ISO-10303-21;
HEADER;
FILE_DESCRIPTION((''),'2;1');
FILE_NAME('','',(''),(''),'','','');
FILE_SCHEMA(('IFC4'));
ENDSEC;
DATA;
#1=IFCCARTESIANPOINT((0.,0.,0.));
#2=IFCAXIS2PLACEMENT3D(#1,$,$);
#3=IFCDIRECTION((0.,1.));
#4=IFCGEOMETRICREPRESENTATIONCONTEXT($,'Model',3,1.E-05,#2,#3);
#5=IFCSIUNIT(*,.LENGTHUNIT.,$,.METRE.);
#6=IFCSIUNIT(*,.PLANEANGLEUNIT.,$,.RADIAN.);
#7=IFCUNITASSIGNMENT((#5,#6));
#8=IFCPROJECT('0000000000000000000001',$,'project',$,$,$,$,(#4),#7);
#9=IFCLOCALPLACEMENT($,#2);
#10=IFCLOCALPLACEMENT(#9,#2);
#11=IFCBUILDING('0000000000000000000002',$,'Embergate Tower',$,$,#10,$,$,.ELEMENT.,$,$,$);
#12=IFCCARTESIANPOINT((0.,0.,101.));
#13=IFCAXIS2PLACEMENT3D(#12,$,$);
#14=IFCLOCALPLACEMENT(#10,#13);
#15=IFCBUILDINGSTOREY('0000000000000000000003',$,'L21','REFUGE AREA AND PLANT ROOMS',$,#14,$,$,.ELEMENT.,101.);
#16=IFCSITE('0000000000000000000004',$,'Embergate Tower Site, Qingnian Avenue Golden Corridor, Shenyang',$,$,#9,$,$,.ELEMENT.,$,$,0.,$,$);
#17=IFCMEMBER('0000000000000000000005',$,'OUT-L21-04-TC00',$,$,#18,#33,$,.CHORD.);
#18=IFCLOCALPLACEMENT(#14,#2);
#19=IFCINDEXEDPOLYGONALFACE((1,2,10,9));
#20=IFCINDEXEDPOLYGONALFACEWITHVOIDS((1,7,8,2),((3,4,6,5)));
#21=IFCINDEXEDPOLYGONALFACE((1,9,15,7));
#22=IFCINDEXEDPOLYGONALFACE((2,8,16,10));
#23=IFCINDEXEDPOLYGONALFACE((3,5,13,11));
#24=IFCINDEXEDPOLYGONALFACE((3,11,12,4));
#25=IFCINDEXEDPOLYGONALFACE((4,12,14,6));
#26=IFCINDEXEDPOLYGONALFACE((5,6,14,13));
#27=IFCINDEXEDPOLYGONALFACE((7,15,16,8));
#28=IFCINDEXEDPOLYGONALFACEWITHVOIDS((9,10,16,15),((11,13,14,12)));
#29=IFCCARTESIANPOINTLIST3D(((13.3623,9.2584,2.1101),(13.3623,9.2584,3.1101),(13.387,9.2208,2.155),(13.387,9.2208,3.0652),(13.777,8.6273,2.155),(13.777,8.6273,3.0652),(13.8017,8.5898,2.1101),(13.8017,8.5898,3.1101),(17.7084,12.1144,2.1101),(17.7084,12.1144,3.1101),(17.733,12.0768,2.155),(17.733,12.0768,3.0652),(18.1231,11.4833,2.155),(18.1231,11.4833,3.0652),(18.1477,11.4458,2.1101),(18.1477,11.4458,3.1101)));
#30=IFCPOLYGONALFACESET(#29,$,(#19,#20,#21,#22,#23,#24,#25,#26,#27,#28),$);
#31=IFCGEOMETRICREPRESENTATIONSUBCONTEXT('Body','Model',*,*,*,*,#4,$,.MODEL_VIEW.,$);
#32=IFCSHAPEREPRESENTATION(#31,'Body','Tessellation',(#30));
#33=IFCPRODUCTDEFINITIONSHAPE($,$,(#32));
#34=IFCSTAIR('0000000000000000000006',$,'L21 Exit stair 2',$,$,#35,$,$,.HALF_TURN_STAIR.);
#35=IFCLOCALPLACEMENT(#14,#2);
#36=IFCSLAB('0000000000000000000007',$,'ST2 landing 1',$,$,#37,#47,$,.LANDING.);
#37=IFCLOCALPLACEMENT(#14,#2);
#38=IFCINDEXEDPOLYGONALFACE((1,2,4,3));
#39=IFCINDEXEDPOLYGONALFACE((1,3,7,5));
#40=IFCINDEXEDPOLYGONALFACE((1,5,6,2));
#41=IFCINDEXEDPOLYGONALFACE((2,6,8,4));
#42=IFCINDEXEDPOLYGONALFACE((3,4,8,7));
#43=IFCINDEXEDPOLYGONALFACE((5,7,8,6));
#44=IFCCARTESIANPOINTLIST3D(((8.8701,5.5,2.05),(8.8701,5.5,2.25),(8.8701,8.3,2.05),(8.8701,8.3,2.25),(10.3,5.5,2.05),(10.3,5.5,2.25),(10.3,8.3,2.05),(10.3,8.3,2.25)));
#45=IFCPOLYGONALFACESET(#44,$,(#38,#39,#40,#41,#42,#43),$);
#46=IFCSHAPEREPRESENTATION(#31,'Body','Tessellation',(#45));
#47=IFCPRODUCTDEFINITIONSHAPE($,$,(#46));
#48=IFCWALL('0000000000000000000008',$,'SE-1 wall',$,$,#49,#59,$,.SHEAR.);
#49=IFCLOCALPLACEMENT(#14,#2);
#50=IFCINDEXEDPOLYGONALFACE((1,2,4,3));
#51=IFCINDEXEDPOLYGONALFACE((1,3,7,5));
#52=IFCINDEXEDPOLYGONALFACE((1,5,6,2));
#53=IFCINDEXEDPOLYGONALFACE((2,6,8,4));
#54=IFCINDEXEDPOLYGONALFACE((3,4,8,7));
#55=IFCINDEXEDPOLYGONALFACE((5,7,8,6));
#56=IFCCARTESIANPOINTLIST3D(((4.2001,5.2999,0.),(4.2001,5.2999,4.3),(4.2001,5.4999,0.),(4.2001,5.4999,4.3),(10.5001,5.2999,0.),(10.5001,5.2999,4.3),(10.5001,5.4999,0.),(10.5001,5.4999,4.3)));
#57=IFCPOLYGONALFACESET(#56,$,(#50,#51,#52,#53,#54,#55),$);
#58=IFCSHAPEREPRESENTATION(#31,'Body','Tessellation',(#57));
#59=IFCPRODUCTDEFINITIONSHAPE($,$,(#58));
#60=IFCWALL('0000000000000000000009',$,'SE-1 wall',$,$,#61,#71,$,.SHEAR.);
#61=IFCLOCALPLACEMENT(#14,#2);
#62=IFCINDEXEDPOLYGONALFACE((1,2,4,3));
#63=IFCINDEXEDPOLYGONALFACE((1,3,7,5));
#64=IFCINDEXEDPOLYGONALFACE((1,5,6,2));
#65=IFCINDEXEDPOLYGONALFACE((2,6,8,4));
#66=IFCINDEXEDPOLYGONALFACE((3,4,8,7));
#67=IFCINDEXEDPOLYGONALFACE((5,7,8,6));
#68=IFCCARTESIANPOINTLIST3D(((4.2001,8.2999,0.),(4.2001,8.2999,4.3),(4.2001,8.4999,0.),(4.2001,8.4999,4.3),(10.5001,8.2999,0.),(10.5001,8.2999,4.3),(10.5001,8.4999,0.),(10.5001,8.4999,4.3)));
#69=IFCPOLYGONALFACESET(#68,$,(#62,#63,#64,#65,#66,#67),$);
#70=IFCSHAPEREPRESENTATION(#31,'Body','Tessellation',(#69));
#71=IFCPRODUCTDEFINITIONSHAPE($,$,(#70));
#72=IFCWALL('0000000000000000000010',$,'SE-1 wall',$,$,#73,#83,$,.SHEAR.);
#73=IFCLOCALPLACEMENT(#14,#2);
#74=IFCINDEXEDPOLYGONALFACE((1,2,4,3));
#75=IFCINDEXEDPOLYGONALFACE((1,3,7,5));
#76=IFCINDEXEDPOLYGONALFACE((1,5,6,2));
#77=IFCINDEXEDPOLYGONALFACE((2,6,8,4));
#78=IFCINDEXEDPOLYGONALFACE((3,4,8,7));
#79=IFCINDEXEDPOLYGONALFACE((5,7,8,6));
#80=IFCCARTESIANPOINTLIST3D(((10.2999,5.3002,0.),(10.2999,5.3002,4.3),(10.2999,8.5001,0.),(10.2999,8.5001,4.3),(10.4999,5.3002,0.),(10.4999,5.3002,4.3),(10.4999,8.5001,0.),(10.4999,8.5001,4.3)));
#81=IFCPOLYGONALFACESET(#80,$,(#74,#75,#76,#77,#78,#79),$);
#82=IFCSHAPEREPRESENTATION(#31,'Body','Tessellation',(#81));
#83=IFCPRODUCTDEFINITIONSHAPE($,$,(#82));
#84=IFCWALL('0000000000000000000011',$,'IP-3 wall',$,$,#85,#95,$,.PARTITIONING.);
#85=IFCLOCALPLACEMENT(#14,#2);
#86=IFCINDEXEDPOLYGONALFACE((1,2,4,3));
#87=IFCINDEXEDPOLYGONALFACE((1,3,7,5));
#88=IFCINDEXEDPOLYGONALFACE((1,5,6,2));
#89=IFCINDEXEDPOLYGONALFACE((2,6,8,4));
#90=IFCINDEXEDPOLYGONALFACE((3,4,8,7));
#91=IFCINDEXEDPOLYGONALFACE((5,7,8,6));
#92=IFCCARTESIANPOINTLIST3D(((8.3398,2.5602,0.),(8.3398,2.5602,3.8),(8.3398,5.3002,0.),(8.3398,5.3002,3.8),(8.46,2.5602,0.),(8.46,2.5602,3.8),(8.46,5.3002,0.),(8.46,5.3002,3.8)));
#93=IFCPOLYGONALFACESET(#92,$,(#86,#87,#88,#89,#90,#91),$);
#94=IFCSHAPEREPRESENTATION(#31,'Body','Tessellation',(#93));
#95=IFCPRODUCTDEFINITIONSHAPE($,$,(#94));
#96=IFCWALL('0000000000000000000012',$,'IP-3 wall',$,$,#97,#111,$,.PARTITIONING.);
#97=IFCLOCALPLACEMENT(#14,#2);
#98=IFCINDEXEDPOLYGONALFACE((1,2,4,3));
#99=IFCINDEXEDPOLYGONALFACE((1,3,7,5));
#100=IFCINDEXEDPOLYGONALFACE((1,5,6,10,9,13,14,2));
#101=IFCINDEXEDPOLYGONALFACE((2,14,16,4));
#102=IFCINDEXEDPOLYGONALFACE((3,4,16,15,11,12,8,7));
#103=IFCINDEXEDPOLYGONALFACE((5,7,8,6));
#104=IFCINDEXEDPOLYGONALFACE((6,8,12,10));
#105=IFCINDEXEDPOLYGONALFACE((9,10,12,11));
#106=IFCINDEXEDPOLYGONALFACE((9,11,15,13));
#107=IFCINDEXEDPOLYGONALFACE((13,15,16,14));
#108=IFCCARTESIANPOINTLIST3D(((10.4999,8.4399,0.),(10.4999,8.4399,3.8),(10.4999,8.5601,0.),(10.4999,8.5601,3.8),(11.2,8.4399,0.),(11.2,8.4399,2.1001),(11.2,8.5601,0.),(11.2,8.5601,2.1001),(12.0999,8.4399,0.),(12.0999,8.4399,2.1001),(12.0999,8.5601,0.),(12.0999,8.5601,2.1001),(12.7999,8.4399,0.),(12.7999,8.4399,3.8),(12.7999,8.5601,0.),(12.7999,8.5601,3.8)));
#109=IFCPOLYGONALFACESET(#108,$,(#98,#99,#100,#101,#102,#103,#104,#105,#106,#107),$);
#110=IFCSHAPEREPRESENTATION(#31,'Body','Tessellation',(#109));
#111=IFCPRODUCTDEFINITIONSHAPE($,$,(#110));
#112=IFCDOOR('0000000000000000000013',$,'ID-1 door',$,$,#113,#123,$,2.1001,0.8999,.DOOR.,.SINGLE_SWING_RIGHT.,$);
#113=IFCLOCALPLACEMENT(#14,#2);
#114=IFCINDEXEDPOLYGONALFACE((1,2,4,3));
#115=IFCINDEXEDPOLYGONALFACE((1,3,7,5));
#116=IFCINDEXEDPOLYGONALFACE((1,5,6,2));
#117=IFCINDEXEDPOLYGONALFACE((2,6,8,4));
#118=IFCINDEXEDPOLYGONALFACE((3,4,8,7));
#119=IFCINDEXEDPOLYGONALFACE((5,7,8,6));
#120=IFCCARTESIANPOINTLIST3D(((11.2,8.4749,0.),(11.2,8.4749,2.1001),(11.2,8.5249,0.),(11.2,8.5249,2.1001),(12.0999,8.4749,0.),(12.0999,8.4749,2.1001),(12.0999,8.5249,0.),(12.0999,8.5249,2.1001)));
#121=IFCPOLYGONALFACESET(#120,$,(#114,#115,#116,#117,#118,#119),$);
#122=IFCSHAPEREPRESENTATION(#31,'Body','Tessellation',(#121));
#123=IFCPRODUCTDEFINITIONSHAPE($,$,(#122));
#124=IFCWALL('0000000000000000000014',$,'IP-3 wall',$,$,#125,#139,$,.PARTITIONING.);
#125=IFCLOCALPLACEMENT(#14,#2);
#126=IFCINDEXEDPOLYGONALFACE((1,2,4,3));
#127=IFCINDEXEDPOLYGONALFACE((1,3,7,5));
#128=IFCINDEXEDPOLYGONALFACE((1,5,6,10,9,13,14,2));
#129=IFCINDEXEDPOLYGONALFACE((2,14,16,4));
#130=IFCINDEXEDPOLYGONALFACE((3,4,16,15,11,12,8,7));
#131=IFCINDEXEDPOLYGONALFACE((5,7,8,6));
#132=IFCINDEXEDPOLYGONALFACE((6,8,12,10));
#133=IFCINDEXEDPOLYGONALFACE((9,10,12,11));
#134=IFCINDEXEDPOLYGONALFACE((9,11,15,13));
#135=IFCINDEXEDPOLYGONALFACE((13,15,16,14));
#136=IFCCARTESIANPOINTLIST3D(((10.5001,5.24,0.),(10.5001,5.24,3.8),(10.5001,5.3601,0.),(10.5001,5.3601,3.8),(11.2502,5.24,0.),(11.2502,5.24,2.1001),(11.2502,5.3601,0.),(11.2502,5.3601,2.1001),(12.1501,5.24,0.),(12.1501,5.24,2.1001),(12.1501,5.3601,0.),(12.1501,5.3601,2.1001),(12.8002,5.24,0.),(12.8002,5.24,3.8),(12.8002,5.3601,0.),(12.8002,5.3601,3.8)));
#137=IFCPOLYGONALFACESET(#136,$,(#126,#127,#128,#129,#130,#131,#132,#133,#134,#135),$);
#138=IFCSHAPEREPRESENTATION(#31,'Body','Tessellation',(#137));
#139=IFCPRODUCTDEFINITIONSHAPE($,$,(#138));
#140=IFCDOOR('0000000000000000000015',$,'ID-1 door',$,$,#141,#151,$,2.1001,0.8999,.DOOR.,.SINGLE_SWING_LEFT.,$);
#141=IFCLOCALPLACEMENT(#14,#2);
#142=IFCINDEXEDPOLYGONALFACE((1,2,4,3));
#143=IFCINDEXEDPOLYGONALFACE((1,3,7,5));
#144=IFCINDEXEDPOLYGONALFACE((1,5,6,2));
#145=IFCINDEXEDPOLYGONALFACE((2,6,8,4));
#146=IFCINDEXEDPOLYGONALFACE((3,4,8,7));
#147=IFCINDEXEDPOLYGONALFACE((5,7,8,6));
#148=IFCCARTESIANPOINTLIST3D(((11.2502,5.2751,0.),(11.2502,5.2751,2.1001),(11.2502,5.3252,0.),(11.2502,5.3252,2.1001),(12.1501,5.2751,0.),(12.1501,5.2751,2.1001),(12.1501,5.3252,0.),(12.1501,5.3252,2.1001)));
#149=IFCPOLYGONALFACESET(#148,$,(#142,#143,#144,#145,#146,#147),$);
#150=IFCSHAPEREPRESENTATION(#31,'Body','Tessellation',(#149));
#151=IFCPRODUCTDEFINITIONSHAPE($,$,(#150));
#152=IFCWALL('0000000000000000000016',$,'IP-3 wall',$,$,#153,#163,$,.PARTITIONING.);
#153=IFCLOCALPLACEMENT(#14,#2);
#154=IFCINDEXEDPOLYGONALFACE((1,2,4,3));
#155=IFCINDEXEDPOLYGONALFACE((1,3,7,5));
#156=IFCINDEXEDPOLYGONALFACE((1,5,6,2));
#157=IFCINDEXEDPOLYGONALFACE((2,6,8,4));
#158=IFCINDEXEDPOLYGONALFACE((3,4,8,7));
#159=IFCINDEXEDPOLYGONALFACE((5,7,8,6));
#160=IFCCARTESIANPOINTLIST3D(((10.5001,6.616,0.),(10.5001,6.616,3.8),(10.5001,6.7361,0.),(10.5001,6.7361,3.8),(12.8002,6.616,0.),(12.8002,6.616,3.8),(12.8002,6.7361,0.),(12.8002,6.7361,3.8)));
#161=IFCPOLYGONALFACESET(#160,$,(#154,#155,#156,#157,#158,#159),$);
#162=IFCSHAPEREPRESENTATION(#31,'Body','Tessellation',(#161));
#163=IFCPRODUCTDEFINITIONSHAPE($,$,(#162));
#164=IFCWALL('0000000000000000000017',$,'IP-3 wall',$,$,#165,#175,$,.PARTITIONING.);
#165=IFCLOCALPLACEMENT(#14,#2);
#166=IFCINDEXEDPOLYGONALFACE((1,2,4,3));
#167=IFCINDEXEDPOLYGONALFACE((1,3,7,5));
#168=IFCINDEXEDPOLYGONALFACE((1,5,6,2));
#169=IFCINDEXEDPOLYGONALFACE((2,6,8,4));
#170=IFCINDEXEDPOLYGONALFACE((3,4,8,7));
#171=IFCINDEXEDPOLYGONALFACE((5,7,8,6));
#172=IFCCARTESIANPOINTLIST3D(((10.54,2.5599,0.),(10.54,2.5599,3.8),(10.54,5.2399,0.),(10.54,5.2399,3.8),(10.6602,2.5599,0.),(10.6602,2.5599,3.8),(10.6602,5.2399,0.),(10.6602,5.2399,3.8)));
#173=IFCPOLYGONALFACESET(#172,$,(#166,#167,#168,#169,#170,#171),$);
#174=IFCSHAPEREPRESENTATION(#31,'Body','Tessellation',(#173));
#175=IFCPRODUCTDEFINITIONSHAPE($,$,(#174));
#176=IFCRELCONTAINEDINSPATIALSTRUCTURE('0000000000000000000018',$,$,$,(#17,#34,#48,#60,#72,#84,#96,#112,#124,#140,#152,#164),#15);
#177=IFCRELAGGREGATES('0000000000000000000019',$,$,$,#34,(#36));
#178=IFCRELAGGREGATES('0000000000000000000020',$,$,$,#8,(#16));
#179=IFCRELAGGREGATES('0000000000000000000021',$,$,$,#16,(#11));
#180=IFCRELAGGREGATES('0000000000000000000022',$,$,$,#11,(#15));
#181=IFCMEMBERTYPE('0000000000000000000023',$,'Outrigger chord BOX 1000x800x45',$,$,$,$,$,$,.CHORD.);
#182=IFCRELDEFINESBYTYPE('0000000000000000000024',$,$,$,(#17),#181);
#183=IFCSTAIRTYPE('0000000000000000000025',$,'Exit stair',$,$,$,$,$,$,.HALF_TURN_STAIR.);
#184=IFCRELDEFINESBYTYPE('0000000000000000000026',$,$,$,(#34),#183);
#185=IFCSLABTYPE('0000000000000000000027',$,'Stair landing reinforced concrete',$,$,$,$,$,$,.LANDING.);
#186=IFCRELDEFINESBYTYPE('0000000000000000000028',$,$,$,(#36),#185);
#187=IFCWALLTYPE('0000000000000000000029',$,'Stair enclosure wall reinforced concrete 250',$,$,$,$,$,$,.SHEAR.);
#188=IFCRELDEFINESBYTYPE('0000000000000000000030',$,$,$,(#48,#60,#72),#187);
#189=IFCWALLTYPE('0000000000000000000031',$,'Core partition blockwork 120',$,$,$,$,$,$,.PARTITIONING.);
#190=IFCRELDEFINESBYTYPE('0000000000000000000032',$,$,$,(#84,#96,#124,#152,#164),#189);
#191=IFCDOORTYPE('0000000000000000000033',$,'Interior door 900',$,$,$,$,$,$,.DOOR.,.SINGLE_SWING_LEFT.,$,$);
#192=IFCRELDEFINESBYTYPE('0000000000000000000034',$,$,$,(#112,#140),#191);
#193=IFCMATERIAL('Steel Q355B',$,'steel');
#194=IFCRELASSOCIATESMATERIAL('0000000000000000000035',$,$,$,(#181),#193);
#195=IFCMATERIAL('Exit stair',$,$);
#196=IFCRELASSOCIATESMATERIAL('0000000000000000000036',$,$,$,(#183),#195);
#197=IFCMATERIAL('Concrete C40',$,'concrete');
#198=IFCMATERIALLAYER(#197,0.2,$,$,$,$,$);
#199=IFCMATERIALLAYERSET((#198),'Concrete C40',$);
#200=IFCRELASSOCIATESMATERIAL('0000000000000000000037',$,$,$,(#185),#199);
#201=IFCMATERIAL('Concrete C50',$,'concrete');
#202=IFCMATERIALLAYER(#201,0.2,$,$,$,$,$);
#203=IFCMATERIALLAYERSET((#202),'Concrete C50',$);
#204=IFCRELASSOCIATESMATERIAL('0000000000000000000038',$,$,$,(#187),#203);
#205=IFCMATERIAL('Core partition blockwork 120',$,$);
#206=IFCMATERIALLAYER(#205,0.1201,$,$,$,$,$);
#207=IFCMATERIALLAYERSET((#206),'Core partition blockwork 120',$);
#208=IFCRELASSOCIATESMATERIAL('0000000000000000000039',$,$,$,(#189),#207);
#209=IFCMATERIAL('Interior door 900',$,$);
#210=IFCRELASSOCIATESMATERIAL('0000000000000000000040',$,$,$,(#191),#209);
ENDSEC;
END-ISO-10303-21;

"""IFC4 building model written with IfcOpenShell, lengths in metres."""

from ifc_helpers import new_model, si_unit, direction, frame, frame_2d, origin, origin_2d, place, context, subcontext, project, spatial, polyline, rectangle, hollow_rectangle, outline, extrude, source, transform, mapped, material, layer, layer_set, material_profile, profile_set, type_object, element, fill, aggregate, save


model = new_model("IFC4")

# Units and contexts
model_context = context("Model", 3, precision=1e-05, world=origin(), true_north=direction((0.0, 1.0)))
body_context = subcontext(model_context, "Body", "Model", "MODEL_VIEW")
ifc_project = project(units=[si_unit("LENGTHUNIT", "METRE"), si_unit("PLANEANGLEUNIT", "RADIAN")], contexts=[model_context])

# Site, building, storey
site_placement = place(None, origin())
site = spatial("IfcSite", under=ifc_project, at=site_placement, Name="Embergate Tower Site, Qingnian Avenue Golden Corridor, Shenyang", CompositionType="ELEMENT", RefElevation=0.0)
building_placement = place(site_placement, origin())
building = spatial("IfcBuilding", under=site, at=building_placement, Name="Embergate Tower", CompositionType="ELEMENT")
storey_placement = place(building_placement, frame((0.0, 0.0, 101.0)))
storey = spatial("IfcBuildingStorey", under=building, at=storey_placement, Name="L21", Description="REFUGE AREA AND PLANT ROOMS", CompositionType="ELEMENT", Elevation=101.0)

# Member
ifc_material_1 = material(Name="Steel Q355B", Category="steel")
ifc_material_profile = material_profile(ifc_material_1, hollow_rectangle(XDim=0.8, YDim=1.0, WallThickness=0.0449, at=origin_2d()), Name="BOX 1000x800x45")
ifc_profile_set = profile_set([ifc_material_profile], Name="Steel Q355 grade B")
member_type = type_object("IfcMemberType", Name="Outrigger chord BOX 1000x800x45", PredefinedType="CHORD", material=ifc_profile_set)
shared_shape_1 = source(origin(), body_context, "Body", "SweptSolid", [
    extrude(hollow_rectangle(XDim=0.8, YDim=1.0, WallThickness=0.0449, at=origin_2d()), origin(), (0.0, 0.0, 1.0), 5.2004),
])
member_placement = place(storey_placement, frame((13.582, 8.9241, 2.6101), z_axis=(0.835701, 0.549184, 0.0), x_axis=(-0.549184, 0.835701, 0.0)))
element("IfcMember", 1, at=member_placement, inside=storey, type_object=member_type, Name="OUT-L21-04-TC00", PredefinedType="CHORD", context=body_context, shape_type="MappedRepresentation", body=[
    mapped(shared_shape_1, transform((0.0, 0.0, 0.0))),
])

# Stair, slab
ifc_material_2 = material(Name="Exit stair")
stair_type = type_object("IfcStairType", Name="Exit stair", PredefinedType="HALF_TURN_STAIR", material=ifc_material_2)
stair_placement = place(storey_placement, origin())
stair = element("IfcStair", 2, at=stair_placement, inside=storey, type_object=stair_type, Name="L21 Exit stair 2", PredefinedType="HALF_TURN_STAIR")
ifc_material_3 = material(Name="Concrete C40", Category="concrete")
ifc_layer_1 = layer(ifc_material_3, 0.2)
ifc_layer_set_1 = layer_set([ifc_layer_1], Name="Concrete C40")
slab_type = type_object("IfcSlabType", Name="Stair landing reinforced concrete", PredefinedType="LANDING", material=ifc_layer_set_1)
shared_shape_2 = source(origin(), body_context, "Body", "SweptSolid", [
    extrude(outline(polyline([(0.0, 0.0), (1.4299, 0.0), (1.4299, 2.8), (0.0, 2.8), (0.0, 0.0)])), origin(), (0.0, 0.0, 1.0), 0.2),
])
slab_placement = place(storey_placement, frame((8.8701, 5.5, 2.05)))
slab = element("IfcSlab", 3, at=slab_placement, type_object=slab_type, Name="ST2 landing 1", PredefinedType="LANDING", context=body_context, shape_type="MappedRepresentation", body=[
    mapped(shared_shape_2, transform((0.0, 0.0, 0.0))),
])

# Walls
ifc_material_4 = material(Name="Concrete C50", Category="concrete")
ifc_layer_2 = layer(ifc_material_4, 0.2)
ifc_layer_set_2 = layer_set([ifc_layer_2], Name="Concrete C50")
wall_type_1 = type_object("IfcWallType", Name="Stair enclosure wall reinforced concrete 250", PredefinedType="SHEAR", material=ifc_layer_set_2)
shared_shape_3 = source(origin(), body_context, "Body", "SweptSolid", [
    extrude(rectangle(XDim=6.3, YDim=0.2, at=frame_2d((3.1499, 0.0))), origin(), (0.0, 0.0, 1.0), 4.3),
])
for number, where, z_axis, x_axis, name in (
    (4, (10.5, 5.3999, 0.0), (0.0, 0.0, 1.0), (-1.0, 0.0, 0.0), "SE-1 wall"),
    (5, (10.5, 8.3999, 0.0), (0.0, 0.0, 1.0), (-1.0, 0.0, 0.0), "SE-1 wall"),
):
    element("IfcWall", number, at=place(storey_placement, frame(where, z_axis=z_axis, x_axis=x_axis)), inside=storey, type_object=wall_type_1, Name=name, PredefinedType="SHEAR", context=body_context, shape_type="MappedRepresentation", body=[
        mapped(shared_shape_3, transform((0.0, 0.0, 0.0))),
    ])
shared_shape_4 = source(origin(), body_context, "Body", "SweptSolid", [
    extrude(rectangle(XDim=3.2, YDim=0.2, at=frame_2d((1.6001, 0.0))), origin(), (0.0, 0.0, 1.0), 4.3),
])
wall_1_placement = place(storey_placement, frame((10.3999, 5.3, 0.0), z_axis=(0.0, 0.0, 1.0), x_axis=(0.0, 1.0, 0.0)))
element("IfcWall", 6, at=wall_1_placement, inside=storey, type_object=wall_type_1, Name="SE-1 wall", PredefinedType="SHEAR", context=body_context, shape_type="MappedRepresentation", body=[
    mapped(shared_shape_4, transform((0.0, 0.0, 0.0))),
])
ifc_material_5 = material(Name="Core partition blockwork 120")
ifc_layer_3 = layer(ifc_material_5, 0.1201)
ifc_layer_set_3 = layer_set([ifc_layer_3], Name="Core partition blockwork 120")
wall_type_2 = type_object("IfcWallType", Name="Core partition blockwork 120", PredefinedType="PARTITIONING", material=ifc_layer_set_3)
shared_shape_5 = source(origin(), body_context, "Body", "SweptSolid", [
    extrude(rectangle(XDim=2.74, YDim=0.1201, at=frame_2d((1.3701, 0.0))), origin(), (0.0, 0.0, 1.0), 3.8),
])
wall_2_placement = place(storey_placement, frame((8.3999, 2.5601, 0.0), z_axis=(0.0, 0.0, 1.0), x_axis=(0.0, 1.0, 0.0)))
element("IfcWall", 7, at=wall_2_placement, inside=storey, type_object=wall_type_2, Name="IP-3 wall", PredefinedType="PARTITIONING", context=body_context, shape_type="MappedRepresentation", body=[
    mapped(shared_shape_5, transform((0.0, 0.0, 0.0))),
])

# Walls, openings, doors
shared_shape_6 = source(origin(), body_context, "Body", "SweptSolid", [
    extrude(rectangle(XDim=2.3, YDim=0.1201, at=frame_2d((1.1499, 0.0))), origin(), (0.0, 0.0, 1.0), 3.8),
])
wall_3_placement = place(storey_placement, frame((10.5, 8.5, 0.0), z_axis=(0.0, 0.0, 1.0), x_axis=(1.0, 0.0, 0.0)))
wall_3 = element("IfcWall", 8, at=wall_3_placement, inside=storey, type_object=wall_type_2, Name="IP-3 wall", PredefinedType="PARTITIONING", context=body_context, shape_type="MappedRepresentation", body=[
    mapped(shared_shape_6, transform((0.0, 0.0, 0.0))),
])
shared_shape_7 = source(origin(), body_context, "Body", "SweptSolid", [
    extrude(rectangle(XDim=0.8999, YDim=2.1001, at=frame_2d((0.45, 1.05))), frame((0.0, 0.0701, 0.0), z_axis=(0.0, -1.0, 0.0), x_axis=(1.0, 0.0, 0.0)), (0.0, 0.0, 1.0), 0.1401),
])
opening_1_placement = place(wall_3_placement, frame((0.7, 0.0, 0.0)))
opening_1 = element("IfcOpeningElement", 9, at=opening_1_placement, cuts=wall_3, PredefinedType="OPENING", context=body_context, shape_type="MappedRepresentation", body=[
    mapped(shared_shape_7, transform((0.0, 0.0, 0.0))),
])
ifc_material_6 = material(Name="Interior door 900")
door_type_1 = type_object("IfcDoorType", Name="Interior door 900", OperationType="SINGLE_SWING_LEFT", PredefinedType="DOOR", material=ifc_material_6)
shared_shape_8 = source(origin(), body_context, "Body", "SweptSolid", [
    extrude(rectangle(XDim=0.8999, YDim=2.1001, at=frame_2d((0.45, 1.05))), frame((0.0, 0.0249, 0.0), z_axis=(0.0, -1.0, 0.0), x_axis=(1.0, 0.0, 0.0)), (0.0, 0.0, 1.0), 0.05),
])
door_1_placement = place(opening_1_placement, origin())
door_1 = element("IfcDoor", 10, at=door_1_placement, inside=storey, type_object=door_type_1, Name="ID-1 door", OperationType="SINGLE_SWING_RIGHT", OverallHeight=2.1001, OverallWidth=0.8999, PredefinedType="DOOR", context=body_context, shape_type="MappedRepresentation", body=[
    mapped(shared_shape_8, transform((0.0, 0.0, 0.0))),
])
fill(opening_1, door_1)
wall_4_placement = place(storey_placement, frame((12.8, 5.3, 0.0), z_axis=(0.0, 0.0, 1.0), x_axis=(-1.0, 0.0, 0.0)))
wall_4 = element("IfcWall", 11, at=wall_4_placement, inside=storey, type_object=wall_type_2, Name="IP-3 wall", PredefinedType="PARTITIONING", context=body_context, shape_type="MappedRepresentation", body=[
    mapped(shared_shape_6, transform((0.0, 0.0, 0.0))),
])
opening_2_placement = place(wall_4_placement, frame((0.6499, 0.0, 0.0)))
opening_2 = element("IfcOpeningElement", 12, at=opening_2_placement, cuts=wall_4, PredefinedType="OPENING", context=body_context, shape_type="MappedRepresentation", body=[
    mapped(shared_shape_7, transform((0.0, 0.0, 0.0))),
])
door_2_placement = place(opening_2_placement, origin())
door_2 = element("IfcDoor", 13, at=door_2_placement, inside=storey, type_object=door_type_1, Name="ID-1 door", OperationType="SINGLE_SWING_LEFT", OverallHeight=2.1001, OverallWidth=0.8999, PredefinedType="DOOR", context=body_context, shape_type="MappedRepresentation", body=[
    mapped(shared_shape_8, transform((0.0, 0.0, 0.0))),
])
fill(opening_2, door_2)

# Walls
wall_5_placement = place(storey_placement, frame((12.8, 6.676, 0.0), z_axis=(0.0, 0.0, 1.0), x_axis=(-1.0, 0.0, 0.0)))
element("IfcWall", 14, at=wall_5_placement, inside=storey, type_object=wall_type_2, Name="IP-3 wall", PredefinedType="PARTITIONING", context=body_context, shape_type="MappedRepresentation", body=[
    mapped(shared_shape_6, transform((0.0, 0.0, 0.0))),
])
shared_shape_9 = source(origin(), body_context, "Body", "SweptSolid", [
    extrude(rectangle(XDim=2.6799, YDim=0.1201, at=frame_2d((1.3398, 0.0))), origin(), (0.0, 0.0, 1.0), 3.8),
])
wall_6_placement = place(storey_placement, frame((10.6001, 2.5601, 0.0), z_axis=(0.0, 0.0, 1.0), x_axis=(0.0, 1.0, 0.0)))
element("IfcWall", 15, at=wall_6_placement, inside=storey, type_object=wall_type_2, Name="IP-3 wall", PredefinedType="PARTITIONING", context=body_context, shape_type="MappedRepresentation", body=[
    mapped(shared_shape_9, transform((0.0, 0.0, 0.0))),
])

aggregate(stair, [slab])

save(model, "model.ifc")
